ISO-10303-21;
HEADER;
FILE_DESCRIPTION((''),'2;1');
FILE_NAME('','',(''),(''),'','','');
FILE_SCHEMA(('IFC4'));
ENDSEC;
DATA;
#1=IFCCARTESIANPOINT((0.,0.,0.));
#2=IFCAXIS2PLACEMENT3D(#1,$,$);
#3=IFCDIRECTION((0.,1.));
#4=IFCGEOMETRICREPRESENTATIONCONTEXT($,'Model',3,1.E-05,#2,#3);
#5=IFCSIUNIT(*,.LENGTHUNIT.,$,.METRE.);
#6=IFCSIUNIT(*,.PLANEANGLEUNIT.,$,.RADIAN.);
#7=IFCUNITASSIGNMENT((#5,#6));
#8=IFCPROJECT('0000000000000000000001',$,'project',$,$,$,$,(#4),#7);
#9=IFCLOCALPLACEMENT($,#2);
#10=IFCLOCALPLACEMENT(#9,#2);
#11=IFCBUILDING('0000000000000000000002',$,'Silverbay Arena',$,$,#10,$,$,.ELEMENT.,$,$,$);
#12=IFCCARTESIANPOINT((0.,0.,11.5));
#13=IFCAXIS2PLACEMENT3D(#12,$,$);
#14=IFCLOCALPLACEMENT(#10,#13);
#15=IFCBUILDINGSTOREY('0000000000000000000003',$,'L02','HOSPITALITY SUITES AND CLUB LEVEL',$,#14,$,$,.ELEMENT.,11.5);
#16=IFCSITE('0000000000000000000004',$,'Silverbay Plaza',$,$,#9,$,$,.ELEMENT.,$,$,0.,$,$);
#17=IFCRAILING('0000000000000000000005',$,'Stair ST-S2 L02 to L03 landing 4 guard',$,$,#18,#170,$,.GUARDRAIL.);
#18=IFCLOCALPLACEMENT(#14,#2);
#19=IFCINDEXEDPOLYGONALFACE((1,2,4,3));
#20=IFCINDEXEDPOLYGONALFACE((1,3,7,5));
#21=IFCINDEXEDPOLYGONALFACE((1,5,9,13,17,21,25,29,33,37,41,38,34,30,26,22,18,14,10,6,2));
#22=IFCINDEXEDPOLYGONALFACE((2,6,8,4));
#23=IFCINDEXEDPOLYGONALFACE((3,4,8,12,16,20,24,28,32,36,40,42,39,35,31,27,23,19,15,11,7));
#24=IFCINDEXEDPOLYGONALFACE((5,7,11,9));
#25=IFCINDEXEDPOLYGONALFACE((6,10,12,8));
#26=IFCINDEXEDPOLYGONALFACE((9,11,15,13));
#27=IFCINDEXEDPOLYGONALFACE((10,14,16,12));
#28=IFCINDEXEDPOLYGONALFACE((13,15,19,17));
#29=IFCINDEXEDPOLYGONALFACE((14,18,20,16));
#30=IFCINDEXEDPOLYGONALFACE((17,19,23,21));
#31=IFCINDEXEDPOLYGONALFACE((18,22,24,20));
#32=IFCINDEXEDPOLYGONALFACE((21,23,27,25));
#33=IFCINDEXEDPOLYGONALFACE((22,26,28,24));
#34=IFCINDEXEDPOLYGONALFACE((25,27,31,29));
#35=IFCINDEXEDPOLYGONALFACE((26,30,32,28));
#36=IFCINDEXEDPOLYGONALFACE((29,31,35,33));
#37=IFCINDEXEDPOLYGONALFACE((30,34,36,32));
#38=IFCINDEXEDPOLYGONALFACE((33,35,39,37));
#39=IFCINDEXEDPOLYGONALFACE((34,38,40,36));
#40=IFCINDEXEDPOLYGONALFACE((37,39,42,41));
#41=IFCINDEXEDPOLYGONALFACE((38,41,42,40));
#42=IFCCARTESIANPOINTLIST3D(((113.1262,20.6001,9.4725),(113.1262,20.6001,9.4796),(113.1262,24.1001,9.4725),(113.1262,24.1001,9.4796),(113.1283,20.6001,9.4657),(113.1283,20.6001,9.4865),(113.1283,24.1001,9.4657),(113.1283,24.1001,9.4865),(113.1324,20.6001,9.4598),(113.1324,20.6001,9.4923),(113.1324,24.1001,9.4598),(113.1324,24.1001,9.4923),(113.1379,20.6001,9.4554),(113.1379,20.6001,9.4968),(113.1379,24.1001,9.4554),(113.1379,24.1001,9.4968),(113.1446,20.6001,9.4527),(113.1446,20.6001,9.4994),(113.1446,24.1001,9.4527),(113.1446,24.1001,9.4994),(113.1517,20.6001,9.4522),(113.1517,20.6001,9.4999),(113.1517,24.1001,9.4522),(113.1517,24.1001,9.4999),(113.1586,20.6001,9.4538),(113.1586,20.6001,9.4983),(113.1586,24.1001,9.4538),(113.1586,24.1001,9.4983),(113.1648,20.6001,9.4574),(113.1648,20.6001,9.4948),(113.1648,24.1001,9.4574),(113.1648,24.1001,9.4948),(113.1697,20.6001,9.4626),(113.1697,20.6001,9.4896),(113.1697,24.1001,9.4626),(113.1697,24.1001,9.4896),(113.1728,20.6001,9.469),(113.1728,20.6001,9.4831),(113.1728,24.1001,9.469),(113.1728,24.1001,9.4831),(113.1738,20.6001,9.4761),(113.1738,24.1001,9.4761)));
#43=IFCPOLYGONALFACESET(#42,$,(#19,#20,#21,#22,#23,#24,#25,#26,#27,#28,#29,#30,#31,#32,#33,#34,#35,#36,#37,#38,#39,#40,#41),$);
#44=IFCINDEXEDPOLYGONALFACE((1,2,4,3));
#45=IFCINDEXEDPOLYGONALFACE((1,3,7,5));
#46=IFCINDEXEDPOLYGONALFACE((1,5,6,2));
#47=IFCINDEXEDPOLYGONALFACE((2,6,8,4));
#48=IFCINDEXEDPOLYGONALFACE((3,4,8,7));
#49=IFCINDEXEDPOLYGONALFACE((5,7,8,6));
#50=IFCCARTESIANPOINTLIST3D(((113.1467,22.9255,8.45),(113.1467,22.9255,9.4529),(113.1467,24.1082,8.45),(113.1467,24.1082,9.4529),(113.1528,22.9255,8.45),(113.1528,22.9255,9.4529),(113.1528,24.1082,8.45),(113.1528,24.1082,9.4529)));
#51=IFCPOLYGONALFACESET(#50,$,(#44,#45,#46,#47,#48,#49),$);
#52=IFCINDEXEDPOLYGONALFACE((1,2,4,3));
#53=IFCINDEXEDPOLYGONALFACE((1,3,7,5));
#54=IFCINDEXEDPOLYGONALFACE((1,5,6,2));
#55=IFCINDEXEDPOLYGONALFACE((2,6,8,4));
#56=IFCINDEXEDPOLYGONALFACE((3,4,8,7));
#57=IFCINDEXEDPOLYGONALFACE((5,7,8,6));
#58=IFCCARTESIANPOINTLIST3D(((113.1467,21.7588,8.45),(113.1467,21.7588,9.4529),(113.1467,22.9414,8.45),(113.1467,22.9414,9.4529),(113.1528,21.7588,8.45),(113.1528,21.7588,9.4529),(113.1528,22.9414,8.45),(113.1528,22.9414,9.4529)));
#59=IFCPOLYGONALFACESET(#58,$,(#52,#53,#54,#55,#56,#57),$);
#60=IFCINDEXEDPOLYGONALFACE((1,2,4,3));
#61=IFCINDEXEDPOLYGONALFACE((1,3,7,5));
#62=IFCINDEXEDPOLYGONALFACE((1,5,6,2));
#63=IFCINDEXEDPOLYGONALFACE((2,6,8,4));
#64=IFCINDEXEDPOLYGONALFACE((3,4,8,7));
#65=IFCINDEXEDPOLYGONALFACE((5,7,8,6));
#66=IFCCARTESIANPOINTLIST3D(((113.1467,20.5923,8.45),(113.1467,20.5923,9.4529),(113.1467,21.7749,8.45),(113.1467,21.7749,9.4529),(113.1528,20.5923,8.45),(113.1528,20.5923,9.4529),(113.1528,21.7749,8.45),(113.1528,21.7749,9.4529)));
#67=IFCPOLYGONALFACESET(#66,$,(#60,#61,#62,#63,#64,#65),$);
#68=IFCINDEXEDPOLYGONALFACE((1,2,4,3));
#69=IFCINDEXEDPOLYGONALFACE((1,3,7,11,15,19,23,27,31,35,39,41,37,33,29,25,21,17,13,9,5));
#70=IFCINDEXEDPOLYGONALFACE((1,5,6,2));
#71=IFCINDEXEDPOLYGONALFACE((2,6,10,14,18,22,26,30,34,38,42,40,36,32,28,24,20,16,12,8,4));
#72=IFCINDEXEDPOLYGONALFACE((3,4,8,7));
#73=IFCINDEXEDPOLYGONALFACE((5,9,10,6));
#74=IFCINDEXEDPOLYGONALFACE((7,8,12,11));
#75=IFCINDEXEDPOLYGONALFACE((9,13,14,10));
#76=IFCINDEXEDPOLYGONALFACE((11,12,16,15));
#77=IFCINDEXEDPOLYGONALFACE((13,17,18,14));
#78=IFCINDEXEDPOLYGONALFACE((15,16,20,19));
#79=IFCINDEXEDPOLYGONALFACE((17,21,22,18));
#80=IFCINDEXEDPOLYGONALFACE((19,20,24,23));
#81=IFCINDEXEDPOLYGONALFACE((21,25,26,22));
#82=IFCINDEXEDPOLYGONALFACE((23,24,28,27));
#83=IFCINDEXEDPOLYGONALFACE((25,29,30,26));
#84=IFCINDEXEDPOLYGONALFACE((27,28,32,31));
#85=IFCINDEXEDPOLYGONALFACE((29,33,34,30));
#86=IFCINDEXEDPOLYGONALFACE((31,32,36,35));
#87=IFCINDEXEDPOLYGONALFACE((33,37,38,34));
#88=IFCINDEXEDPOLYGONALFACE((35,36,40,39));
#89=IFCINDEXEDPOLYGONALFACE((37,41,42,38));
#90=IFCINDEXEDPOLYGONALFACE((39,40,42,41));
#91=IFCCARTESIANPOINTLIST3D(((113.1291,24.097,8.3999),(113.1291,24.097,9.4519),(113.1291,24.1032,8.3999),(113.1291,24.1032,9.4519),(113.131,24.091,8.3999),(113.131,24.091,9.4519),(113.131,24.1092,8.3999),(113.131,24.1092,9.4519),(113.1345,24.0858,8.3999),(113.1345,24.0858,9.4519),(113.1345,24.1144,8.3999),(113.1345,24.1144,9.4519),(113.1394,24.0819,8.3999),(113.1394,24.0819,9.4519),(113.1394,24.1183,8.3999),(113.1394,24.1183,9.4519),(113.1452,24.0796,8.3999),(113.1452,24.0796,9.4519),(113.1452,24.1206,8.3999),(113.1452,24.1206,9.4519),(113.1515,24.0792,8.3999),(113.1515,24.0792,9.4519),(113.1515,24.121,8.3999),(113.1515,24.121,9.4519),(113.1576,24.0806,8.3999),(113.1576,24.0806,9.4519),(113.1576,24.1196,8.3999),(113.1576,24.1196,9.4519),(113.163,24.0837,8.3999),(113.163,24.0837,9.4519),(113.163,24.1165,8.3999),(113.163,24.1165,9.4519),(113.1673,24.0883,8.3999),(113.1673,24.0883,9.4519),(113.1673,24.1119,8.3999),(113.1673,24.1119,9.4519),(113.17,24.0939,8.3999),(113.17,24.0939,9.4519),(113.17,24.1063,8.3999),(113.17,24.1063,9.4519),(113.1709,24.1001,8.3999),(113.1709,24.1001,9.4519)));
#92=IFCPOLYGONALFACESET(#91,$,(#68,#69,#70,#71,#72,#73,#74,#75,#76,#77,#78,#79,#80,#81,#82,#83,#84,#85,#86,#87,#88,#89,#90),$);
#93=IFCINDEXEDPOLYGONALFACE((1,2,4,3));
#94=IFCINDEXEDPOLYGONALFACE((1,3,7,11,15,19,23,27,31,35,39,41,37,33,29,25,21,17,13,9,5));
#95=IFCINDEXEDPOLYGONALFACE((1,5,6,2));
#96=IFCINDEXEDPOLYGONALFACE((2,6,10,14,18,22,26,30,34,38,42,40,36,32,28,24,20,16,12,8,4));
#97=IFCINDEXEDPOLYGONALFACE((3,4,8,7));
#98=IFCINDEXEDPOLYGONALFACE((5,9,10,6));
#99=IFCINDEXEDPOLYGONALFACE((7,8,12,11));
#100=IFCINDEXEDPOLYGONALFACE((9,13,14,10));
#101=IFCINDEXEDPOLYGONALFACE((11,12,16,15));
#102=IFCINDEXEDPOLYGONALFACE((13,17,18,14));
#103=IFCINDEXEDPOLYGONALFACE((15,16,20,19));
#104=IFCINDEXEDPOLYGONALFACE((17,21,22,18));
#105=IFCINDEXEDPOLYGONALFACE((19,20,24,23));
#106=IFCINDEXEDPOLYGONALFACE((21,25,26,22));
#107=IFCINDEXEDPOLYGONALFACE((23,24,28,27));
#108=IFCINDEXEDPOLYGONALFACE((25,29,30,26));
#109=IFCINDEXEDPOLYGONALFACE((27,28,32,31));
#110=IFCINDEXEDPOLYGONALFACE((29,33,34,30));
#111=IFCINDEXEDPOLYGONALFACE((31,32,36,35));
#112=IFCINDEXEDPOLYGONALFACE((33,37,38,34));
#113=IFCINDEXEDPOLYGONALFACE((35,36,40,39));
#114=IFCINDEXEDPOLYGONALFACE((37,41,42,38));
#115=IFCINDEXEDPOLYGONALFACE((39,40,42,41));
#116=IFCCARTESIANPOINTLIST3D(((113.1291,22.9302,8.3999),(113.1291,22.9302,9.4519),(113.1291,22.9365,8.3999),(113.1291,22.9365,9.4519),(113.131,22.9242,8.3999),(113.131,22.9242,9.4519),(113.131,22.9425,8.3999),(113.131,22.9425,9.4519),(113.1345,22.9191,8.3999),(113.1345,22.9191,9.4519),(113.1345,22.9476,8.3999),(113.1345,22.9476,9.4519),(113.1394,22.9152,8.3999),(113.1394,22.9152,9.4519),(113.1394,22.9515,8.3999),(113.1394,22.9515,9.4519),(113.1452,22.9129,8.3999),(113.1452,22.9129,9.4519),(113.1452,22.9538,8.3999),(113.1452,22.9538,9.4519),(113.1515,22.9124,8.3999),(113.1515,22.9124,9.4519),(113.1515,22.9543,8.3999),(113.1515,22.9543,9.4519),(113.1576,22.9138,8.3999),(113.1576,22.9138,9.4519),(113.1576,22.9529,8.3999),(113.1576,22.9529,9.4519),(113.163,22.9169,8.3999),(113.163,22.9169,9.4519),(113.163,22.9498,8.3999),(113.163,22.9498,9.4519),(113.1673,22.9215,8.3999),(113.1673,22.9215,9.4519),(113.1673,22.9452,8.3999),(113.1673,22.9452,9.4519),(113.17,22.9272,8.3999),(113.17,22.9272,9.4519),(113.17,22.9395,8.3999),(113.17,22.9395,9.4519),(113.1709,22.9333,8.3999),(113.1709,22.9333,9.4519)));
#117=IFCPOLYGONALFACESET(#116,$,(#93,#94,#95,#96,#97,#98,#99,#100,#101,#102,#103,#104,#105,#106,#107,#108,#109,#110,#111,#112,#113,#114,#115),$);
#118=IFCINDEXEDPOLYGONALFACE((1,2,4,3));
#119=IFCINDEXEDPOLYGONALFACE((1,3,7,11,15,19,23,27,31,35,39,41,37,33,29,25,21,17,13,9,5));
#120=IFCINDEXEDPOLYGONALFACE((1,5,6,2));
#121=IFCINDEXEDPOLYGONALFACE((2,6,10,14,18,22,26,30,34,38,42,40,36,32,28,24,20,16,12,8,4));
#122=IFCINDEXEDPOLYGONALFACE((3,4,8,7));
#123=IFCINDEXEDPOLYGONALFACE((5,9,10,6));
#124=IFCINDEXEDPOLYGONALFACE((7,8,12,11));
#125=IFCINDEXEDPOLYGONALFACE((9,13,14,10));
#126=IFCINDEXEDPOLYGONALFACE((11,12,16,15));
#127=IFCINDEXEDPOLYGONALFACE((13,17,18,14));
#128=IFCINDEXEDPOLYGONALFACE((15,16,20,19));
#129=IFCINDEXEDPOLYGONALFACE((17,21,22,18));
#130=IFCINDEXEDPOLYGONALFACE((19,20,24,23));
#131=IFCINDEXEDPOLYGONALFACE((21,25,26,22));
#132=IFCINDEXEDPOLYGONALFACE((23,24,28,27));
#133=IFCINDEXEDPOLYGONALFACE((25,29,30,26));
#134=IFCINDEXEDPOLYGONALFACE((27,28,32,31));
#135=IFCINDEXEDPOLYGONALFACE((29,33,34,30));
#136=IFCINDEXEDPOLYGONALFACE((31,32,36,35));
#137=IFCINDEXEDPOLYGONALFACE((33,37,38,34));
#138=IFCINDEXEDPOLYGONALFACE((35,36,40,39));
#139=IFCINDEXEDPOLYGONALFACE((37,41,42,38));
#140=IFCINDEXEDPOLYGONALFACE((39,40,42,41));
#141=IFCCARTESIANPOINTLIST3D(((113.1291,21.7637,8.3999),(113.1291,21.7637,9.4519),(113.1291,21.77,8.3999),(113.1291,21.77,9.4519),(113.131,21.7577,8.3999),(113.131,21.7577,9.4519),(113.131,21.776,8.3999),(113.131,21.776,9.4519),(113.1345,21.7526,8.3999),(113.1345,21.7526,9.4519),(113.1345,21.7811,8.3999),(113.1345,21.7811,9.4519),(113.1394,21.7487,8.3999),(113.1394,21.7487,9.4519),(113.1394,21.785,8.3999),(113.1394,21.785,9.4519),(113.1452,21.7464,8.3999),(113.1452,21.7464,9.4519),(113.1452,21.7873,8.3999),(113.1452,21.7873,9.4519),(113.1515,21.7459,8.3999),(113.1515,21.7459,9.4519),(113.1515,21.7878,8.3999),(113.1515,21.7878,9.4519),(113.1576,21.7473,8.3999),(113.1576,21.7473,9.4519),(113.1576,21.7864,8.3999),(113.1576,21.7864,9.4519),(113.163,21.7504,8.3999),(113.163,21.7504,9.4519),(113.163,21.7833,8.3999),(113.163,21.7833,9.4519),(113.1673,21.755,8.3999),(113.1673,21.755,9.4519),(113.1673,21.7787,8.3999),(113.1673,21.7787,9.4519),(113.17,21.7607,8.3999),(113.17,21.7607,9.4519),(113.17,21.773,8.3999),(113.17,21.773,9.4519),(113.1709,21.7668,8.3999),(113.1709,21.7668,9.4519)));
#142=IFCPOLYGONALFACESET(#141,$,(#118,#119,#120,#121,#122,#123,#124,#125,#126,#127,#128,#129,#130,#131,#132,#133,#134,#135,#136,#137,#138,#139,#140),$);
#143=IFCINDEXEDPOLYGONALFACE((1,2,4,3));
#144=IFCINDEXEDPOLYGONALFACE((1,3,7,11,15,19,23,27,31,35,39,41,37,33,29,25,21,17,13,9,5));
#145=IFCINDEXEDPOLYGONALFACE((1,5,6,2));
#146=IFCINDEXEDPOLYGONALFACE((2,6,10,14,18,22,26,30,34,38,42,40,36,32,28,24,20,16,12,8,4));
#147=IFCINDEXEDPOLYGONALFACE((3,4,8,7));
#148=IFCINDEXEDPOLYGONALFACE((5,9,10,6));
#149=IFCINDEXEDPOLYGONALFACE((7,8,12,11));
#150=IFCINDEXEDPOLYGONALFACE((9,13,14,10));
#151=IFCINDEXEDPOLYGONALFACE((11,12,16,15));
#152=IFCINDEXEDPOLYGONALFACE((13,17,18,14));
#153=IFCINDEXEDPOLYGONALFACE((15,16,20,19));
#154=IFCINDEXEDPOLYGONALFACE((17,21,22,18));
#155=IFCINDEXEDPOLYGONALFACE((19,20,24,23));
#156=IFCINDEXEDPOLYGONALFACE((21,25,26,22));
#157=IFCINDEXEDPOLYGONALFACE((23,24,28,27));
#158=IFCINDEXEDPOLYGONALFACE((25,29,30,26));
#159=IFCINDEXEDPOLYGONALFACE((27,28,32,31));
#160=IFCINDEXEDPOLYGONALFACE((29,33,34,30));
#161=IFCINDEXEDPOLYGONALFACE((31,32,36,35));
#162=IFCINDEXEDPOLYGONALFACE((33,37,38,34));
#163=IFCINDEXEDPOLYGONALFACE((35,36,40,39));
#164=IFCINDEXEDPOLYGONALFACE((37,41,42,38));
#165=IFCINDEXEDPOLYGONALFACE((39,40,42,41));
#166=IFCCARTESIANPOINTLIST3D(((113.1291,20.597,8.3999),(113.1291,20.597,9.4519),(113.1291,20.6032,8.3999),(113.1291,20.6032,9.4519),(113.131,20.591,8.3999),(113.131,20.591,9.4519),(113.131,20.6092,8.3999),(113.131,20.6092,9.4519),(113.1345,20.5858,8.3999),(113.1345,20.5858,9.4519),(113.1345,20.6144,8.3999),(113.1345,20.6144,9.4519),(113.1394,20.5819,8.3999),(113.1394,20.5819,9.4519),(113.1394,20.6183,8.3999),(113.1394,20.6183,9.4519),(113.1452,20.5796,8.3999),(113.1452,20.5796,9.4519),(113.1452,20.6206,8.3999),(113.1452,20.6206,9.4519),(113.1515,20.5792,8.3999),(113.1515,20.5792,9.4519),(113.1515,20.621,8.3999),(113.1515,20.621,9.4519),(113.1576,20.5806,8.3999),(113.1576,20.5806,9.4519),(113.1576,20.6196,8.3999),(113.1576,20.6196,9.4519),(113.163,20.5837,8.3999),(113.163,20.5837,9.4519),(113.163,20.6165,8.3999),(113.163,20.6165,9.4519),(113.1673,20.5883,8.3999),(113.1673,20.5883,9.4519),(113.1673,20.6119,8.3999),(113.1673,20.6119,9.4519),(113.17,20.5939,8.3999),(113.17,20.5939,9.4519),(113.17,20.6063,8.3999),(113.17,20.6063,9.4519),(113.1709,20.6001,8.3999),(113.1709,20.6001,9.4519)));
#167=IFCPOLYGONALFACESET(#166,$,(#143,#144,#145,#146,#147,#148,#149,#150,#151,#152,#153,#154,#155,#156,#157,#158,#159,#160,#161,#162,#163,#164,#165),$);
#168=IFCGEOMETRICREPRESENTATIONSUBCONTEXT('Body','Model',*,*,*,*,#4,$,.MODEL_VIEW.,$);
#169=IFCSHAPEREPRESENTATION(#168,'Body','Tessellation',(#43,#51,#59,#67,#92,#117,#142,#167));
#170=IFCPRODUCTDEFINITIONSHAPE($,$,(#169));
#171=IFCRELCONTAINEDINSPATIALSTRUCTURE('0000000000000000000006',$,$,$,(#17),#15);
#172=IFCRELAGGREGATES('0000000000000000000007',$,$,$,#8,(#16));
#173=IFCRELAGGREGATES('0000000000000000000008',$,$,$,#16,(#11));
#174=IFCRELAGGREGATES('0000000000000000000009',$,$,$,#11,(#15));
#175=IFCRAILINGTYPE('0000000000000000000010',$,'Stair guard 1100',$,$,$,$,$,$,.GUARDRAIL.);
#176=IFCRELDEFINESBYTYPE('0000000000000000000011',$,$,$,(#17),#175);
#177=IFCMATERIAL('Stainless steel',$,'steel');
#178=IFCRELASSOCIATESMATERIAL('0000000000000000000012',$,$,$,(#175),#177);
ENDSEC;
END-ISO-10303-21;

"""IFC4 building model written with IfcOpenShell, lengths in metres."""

from ifc_helpers import new_model, si_unit, direction, frame, origin, origin_2d, place, context, subcontext, project, spatial, polyline, circle, outline, extrude, material, type_object, element, save


model = new_model("IFC4")

# Units and contexts
model_context = context("Model", 3, precision=1e-05, world=origin(), true_north=direction((0.0, 1.0)))
body_context = subcontext(model_context, "Body", "Model", "MODEL_VIEW")
ifc_project = project(units=[si_unit("LENGTHUNIT", "METRE"), si_unit("PLANEANGLEUNIT", "RADIAN")], contexts=[model_context])

# Site, building, storey
site_placement = place(None, origin())
site = spatial("IfcSite", under=ifc_project, at=site_placement, Name="Silverbay Plaza", CompositionType="ELEMENT", RefElevation=0.0)
building_placement = place(site_placement, origin())
building = spatial("IfcBuilding", under=site, at=building_placement, Name="Silverbay Arena", CompositionType="ELEMENT")
storey_placement = place(building_placement, frame((0.0, 0.0, 11.5)))
storey = spatial("IfcBuildingStorey", under=building, at=storey_placement, Name="L02", Description="HOSPITALITY SUITES AND CLUB LEVEL", CompositionType="ELEMENT", Elevation=11.5)

# Railing
ifc_material_1 = material(Name="Stainless steel", Category="steel")
railing_type_1 = type_object("IfcRailingType", Name="Stair guard 1100", PredefinedType="GUARDRAIL", material=ifc_material_1)
for number, where, name in (
    (1, (113.1499, 24.1001, 8.3999), "Stair ST-S2 L02 to L03 landing 4 guard"),
):
    element("IfcRailing", number, at=place(storey_placement, frame(where)), inside=storey, type_object=railing_type_1, Name=name, PredefinedType="GUARDRAIL", context=body_context, shape_type="SweptSolid", body=[
        extrude(circle(Radius=0.0239, at=origin_2d()), frame((0.0, 0.0, 1.0762), z_axis=(0.0, -1.0, 0.0), x_axis=(1.0, 0.0, 0.0)), (0.0, 0.0, 1.0), 3.5),
        extrude(outline(polyline([(-0.0081, 0.05), (1.1746, 0.05), (1.1746, 1.053), (-0.0081, 1.053), (-0.0081, 0.05)])), frame((0.0029, 0.0, 0.0), z_axis=(-1.0, 0.0, 0.0), x_axis=(0.0, -1.0, 0.0)), (0.0, 0.0, 1.0), 0.0061),
        extrude(outline(polyline([(-0.0081, 0.05), (1.1746, 0.05), (1.1746, 1.053), (-0.0081, 1.053), (-0.0081, 0.05)])), frame((0.0029, -1.1667, 0.0), z_axis=(-1.0, 0.0, 0.0), x_axis=(0.0, -1.0, 0.0)), (0.0, 0.0, 1.0), 0.0061),
        extrude(outline(polyline([(-0.0081, 0.05), (1.1746, 0.05), (1.1746, 1.053), (-0.0081, 1.053), (-0.0081, 0.05)])), frame((0.0029, -2.3333, 0.0), z_axis=(-1.0, 0.0, 0.0), x_axis=(0.0, -1.0, 0.0)), (0.0, 0.0, 1.0), 0.0061),
        extrude(circle(Radius=0.021, at=origin_2d()), origin(), (0.0, 0.0, 1.0), 1.052),
        extrude(circle(Radius=0.021, at=origin_2d()), frame((0.0, -1.1667, 0.0)), (0.0, 0.0, 1.0), 1.052),
        extrude(circle(Radius=0.021, at=origin_2d()), frame((0.0, -2.3333, 0.0)), (0.0, 0.0, 1.0), 1.052),
        extrude(circle(Radius=0.021, at=origin_2d()), frame((0.0, -3.5, 0.0)), (0.0, 0.0, 1.0), 1.052),
    ])

save(model, "model.ifc")
